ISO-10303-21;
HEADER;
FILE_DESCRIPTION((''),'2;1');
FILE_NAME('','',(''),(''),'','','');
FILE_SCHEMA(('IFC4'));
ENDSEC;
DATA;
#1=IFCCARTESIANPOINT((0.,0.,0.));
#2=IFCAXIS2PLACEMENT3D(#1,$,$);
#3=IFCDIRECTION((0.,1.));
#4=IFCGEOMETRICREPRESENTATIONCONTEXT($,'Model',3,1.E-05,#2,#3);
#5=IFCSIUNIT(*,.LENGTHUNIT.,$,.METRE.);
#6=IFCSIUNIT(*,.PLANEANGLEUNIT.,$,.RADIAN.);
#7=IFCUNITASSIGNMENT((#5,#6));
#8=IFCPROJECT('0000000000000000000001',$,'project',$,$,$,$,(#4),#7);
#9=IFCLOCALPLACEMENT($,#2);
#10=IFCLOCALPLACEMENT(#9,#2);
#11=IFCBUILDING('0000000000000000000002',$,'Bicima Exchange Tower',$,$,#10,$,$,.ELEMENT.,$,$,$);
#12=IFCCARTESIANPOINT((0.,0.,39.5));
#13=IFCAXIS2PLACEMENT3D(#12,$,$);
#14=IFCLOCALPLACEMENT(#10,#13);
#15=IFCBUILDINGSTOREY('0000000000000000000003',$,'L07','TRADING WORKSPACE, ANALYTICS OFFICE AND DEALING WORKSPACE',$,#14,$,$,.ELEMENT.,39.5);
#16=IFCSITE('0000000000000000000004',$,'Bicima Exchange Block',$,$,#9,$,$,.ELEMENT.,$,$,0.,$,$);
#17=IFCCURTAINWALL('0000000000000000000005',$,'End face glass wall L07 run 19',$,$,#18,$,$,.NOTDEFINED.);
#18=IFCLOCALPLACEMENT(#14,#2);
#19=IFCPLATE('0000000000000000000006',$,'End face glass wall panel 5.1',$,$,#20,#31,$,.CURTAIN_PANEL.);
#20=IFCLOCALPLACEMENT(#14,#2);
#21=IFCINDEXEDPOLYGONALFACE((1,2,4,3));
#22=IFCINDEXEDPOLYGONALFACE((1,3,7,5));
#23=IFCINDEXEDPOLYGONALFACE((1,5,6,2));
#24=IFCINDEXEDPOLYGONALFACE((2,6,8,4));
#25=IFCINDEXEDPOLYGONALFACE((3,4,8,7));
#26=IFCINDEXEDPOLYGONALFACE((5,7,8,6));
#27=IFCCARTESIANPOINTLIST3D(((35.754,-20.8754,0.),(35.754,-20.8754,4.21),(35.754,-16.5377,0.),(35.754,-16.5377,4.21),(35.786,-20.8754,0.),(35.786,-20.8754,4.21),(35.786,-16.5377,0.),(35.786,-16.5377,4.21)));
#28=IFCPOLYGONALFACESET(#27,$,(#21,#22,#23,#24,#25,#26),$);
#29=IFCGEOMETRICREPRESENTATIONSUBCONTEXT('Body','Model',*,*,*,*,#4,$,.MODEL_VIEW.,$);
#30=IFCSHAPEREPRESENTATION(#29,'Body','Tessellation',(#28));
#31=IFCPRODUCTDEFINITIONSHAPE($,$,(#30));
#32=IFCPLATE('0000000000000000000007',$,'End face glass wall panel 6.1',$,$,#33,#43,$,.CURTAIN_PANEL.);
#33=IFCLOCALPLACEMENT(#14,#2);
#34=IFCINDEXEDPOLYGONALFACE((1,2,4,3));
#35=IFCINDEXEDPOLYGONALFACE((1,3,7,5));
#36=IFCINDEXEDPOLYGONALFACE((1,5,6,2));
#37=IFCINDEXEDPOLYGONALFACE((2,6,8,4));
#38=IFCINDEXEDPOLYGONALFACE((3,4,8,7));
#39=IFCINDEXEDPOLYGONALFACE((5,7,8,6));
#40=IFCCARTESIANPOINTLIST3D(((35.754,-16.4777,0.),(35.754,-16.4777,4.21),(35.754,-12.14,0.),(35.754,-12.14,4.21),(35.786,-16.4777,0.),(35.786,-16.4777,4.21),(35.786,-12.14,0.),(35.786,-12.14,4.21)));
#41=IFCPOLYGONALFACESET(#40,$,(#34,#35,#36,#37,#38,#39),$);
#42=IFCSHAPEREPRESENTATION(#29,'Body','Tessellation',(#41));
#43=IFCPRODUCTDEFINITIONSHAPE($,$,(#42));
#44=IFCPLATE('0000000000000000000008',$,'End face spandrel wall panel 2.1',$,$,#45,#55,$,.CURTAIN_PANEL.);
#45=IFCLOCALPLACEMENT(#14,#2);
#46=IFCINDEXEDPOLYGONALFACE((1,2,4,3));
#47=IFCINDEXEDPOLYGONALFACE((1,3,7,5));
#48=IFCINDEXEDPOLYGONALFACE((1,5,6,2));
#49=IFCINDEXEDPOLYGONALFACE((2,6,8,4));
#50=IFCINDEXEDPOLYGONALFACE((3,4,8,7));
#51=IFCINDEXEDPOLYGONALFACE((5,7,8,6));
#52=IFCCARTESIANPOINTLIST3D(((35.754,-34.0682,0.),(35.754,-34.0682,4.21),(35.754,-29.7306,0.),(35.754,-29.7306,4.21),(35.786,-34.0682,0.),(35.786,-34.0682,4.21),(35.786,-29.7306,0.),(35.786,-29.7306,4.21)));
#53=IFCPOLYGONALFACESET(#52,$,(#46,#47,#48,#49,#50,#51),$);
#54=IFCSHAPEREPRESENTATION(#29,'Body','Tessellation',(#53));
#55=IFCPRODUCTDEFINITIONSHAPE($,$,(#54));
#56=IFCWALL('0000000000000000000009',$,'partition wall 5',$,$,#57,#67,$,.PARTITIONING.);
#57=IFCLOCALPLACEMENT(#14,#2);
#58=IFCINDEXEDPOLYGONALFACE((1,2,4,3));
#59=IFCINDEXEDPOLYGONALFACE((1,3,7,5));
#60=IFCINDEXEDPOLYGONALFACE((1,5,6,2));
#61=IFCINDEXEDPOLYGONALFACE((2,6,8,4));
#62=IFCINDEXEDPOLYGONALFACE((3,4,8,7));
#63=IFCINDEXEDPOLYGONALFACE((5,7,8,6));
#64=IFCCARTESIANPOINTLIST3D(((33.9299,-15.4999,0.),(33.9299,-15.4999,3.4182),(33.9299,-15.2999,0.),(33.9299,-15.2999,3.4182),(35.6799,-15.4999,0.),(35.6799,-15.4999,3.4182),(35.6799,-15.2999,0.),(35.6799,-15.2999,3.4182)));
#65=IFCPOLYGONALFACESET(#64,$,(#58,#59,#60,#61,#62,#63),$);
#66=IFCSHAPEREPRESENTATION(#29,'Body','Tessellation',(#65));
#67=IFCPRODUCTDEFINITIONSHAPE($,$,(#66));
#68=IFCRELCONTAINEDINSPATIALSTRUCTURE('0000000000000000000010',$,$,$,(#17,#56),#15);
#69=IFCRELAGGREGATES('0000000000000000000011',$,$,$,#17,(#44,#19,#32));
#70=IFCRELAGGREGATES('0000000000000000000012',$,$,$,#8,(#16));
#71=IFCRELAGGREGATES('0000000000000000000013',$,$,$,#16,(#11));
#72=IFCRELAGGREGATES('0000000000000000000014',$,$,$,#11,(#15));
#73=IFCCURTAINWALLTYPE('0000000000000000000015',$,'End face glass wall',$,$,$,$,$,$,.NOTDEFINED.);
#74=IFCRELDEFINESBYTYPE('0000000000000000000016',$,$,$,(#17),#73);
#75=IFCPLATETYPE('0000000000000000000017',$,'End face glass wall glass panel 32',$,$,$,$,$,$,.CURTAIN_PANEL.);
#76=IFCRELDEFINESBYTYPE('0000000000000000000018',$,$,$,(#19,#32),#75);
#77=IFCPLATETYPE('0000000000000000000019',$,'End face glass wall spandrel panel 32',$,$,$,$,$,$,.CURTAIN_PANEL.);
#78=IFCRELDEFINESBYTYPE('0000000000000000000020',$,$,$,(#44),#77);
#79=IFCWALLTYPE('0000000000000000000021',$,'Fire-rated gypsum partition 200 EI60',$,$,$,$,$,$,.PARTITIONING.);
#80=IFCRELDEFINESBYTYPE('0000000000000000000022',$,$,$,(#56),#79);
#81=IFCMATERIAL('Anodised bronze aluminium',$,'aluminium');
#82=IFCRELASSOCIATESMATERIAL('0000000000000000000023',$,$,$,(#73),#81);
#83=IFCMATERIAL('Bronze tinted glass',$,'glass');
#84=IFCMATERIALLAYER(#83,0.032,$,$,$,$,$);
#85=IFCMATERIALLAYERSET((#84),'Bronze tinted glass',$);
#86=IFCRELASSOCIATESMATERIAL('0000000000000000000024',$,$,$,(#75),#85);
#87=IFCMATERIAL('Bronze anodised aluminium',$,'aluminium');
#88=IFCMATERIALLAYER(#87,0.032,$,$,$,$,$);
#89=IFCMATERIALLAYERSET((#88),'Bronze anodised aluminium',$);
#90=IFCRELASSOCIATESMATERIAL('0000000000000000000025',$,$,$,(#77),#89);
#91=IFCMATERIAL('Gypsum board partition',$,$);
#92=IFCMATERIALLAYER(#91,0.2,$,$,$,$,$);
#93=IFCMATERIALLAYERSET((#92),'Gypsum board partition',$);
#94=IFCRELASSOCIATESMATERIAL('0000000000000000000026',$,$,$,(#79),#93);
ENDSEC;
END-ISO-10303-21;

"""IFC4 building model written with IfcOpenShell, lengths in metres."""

from ifc_helpers import new_model, si_unit, direction, frame, frame_2d, origin, origin_2d, place, context, subcontext, project, spatial, rectangle, extrude, material, layer, layer_set, type_object, element, aggregate, save


model = new_model("IFC4")

# Units and contexts
model_context = context("Model", 3, precision=1e-05, world=origin(), true_north=direction((0.0, 1.0)))
body_context = subcontext(model_context, "Body", "Model", "MODEL_VIEW")
ifc_project = project(units=[si_unit("LENGTHUNIT", "METRE"), si_unit("PLANEANGLEUNIT", "RADIAN")], contexts=[model_context])

# Site, building, storey
site_placement = place(None, origin())
site = spatial("IfcSite", under=ifc_project, at=site_placement, Name="Bicima Exchange Block", CompositionType="ELEMENT", RefElevation=0.0)
building_placement = place(site_placement, origin())
building = spatial("IfcBuilding", under=site, at=building_placement, Name="Bicima Exchange Tower", CompositionType="ELEMENT")
storey_placement = place(building_placement, frame((0.0, 0.0, 39.5)))
storey = spatial("IfcBuildingStorey", under=building, at=storey_placement, Name="L07", Description="TRADING WORKSPACE, ANALYTICS OFFICE AND DEALING WORKSPACE", CompositionType="ELEMENT", Elevation=39.5)

# Curtain wall
ifc_material_1 = material(Name="Anodised bronze aluminium", Category="aluminium")
curtain_wall_type = type_object("IfcCurtainWallType", Name="End face glass wall", PredefinedType="NOTDEFINED", material=ifc_material_1)
curtain_wall_placement = place(storey_placement, origin())
curtain_wall = element("IfcCurtainWall", 1, at=curtain_wall_placement, inside=storey, type_object=curtain_wall_type, Name="End face glass wall L07 run 19", PredefinedType="NOTDEFINED")

# Plates
ifc_material_2 = material(Name="Bronze tinted glass", Category="glass")
ifc_layer_1 = layer(ifc_material_2, 0.032)
ifc_layer_set_1 = layer_set([ifc_layer_1], Name="Bronze tinted glass")
plate_type_1 = type_object("IfcPlateType", Name="End face glass wall glass panel 32", PredefinedType="CURTAIN_PANEL", material=ifc_layer_set_1)
plate_1_placement = place(storey_placement, frame((35.77, -18.7065, 0.0), z_axis=(0.0, 0.0, 1.0), x_axis=(0.0, 1.0, 0.0)))
plate_1 = element("IfcPlate", 2, at=plate_1_placement, type_object=plate_type_1, Name="End face glass wall panel 5.1", PredefinedType="CURTAIN_PANEL", context=body_context, shape_type="SweptSolid", body=[
    extrude(rectangle(XDim=4.3376, YDim=0.032, at=origin_2d()), origin(), (0.0, 0.0, 1.0), 4.21),
])
plate_2_placement = place(storey_placement, frame((35.77, -14.3088, 0.0), z_axis=(0.0, 0.0, 1.0), x_axis=(0.0, 1.0, 0.0)))
plate_2 = element("IfcPlate", 3, at=plate_2_placement, type_object=plate_type_1, Name="End face glass wall panel 6.1", PredefinedType="CURTAIN_PANEL", context=body_context, shape_type="SweptSolid", body=[
    extrude(rectangle(XDim=4.3376, YDim=0.032, at=origin_2d()), origin(), (0.0, 0.0, 1.0), 4.21),
])
ifc_material_3 = material(Name="Bronze anodised aluminium", Category="aluminium")
ifc_layer_2 = layer(ifc_material_3, 0.032)
ifc_layer_set_2 = layer_set([ifc_layer_2], Name="Bronze anodised aluminium")
plate_type_2 = type_object("IfcPlateType", Name="End face glass wall spandrel panel 32", PredefinedType="CURTAIN_PANEL", material=ifc_layer_set_2)
plate_3_placement = place(storey_placement, frame((35.77, -31.8994, 0.0), z_axis=(0.0, 0.0, 1.0), x_axis=(0.0, 1.0, 0.0)))
plate_3 = element("IfcPlate", 4, at=plate_3_placement, type_object=plate_type_2, Name="End face spandrel wall panel 2.1", PredefinedType="CURTAIN_PANEL", context=body_context, shape_type="SweptSolid", body=[
    extrude(rectangle(XDim=4.3376, YDim=0.032, at=origin_2d()), origin(), (0.0, 0.0, 1.0), 4.21),
])
aggregate(curtain_wall, [plate_3, plate_1, plate_2])

# Wall
ifc_material_4 = material(Name="Gypsum board partition")
ifc_layer_3 = layer(ifc_material_4, 0.2)
ifc_layer_set_3 = layer_set([ifc_layer_3], Name="Gypsum board partition")
wall_type = type_object("IfcWallType", Name="Fire-rated gypsum partition 200 EI60", PredefinedType="PARTITIONING", material=ifc_layer_set_3)
wall_placement = place(storey_placement, frame((33.9299, -15.3999, 0.0), z_axis=(0.0, 0.0, 1.0), x_axis=(1.0, 0.0, 0.0)))
element("IfcWall", 5, at=wall_placement, inside=storey, type_object=wall_type, Name="partition wall 5", PredefinedType="PARTITIONING", context=body_context, shape_type="SweptSolid", body=[
    extrude(rectangle(XDim=1.75, YDim=0.2, at=frame_2d((0.875, 0.0))), origin(), (0.0, 0.0, 1.0), 3.4182),
])

save(model, "model.ifc")
